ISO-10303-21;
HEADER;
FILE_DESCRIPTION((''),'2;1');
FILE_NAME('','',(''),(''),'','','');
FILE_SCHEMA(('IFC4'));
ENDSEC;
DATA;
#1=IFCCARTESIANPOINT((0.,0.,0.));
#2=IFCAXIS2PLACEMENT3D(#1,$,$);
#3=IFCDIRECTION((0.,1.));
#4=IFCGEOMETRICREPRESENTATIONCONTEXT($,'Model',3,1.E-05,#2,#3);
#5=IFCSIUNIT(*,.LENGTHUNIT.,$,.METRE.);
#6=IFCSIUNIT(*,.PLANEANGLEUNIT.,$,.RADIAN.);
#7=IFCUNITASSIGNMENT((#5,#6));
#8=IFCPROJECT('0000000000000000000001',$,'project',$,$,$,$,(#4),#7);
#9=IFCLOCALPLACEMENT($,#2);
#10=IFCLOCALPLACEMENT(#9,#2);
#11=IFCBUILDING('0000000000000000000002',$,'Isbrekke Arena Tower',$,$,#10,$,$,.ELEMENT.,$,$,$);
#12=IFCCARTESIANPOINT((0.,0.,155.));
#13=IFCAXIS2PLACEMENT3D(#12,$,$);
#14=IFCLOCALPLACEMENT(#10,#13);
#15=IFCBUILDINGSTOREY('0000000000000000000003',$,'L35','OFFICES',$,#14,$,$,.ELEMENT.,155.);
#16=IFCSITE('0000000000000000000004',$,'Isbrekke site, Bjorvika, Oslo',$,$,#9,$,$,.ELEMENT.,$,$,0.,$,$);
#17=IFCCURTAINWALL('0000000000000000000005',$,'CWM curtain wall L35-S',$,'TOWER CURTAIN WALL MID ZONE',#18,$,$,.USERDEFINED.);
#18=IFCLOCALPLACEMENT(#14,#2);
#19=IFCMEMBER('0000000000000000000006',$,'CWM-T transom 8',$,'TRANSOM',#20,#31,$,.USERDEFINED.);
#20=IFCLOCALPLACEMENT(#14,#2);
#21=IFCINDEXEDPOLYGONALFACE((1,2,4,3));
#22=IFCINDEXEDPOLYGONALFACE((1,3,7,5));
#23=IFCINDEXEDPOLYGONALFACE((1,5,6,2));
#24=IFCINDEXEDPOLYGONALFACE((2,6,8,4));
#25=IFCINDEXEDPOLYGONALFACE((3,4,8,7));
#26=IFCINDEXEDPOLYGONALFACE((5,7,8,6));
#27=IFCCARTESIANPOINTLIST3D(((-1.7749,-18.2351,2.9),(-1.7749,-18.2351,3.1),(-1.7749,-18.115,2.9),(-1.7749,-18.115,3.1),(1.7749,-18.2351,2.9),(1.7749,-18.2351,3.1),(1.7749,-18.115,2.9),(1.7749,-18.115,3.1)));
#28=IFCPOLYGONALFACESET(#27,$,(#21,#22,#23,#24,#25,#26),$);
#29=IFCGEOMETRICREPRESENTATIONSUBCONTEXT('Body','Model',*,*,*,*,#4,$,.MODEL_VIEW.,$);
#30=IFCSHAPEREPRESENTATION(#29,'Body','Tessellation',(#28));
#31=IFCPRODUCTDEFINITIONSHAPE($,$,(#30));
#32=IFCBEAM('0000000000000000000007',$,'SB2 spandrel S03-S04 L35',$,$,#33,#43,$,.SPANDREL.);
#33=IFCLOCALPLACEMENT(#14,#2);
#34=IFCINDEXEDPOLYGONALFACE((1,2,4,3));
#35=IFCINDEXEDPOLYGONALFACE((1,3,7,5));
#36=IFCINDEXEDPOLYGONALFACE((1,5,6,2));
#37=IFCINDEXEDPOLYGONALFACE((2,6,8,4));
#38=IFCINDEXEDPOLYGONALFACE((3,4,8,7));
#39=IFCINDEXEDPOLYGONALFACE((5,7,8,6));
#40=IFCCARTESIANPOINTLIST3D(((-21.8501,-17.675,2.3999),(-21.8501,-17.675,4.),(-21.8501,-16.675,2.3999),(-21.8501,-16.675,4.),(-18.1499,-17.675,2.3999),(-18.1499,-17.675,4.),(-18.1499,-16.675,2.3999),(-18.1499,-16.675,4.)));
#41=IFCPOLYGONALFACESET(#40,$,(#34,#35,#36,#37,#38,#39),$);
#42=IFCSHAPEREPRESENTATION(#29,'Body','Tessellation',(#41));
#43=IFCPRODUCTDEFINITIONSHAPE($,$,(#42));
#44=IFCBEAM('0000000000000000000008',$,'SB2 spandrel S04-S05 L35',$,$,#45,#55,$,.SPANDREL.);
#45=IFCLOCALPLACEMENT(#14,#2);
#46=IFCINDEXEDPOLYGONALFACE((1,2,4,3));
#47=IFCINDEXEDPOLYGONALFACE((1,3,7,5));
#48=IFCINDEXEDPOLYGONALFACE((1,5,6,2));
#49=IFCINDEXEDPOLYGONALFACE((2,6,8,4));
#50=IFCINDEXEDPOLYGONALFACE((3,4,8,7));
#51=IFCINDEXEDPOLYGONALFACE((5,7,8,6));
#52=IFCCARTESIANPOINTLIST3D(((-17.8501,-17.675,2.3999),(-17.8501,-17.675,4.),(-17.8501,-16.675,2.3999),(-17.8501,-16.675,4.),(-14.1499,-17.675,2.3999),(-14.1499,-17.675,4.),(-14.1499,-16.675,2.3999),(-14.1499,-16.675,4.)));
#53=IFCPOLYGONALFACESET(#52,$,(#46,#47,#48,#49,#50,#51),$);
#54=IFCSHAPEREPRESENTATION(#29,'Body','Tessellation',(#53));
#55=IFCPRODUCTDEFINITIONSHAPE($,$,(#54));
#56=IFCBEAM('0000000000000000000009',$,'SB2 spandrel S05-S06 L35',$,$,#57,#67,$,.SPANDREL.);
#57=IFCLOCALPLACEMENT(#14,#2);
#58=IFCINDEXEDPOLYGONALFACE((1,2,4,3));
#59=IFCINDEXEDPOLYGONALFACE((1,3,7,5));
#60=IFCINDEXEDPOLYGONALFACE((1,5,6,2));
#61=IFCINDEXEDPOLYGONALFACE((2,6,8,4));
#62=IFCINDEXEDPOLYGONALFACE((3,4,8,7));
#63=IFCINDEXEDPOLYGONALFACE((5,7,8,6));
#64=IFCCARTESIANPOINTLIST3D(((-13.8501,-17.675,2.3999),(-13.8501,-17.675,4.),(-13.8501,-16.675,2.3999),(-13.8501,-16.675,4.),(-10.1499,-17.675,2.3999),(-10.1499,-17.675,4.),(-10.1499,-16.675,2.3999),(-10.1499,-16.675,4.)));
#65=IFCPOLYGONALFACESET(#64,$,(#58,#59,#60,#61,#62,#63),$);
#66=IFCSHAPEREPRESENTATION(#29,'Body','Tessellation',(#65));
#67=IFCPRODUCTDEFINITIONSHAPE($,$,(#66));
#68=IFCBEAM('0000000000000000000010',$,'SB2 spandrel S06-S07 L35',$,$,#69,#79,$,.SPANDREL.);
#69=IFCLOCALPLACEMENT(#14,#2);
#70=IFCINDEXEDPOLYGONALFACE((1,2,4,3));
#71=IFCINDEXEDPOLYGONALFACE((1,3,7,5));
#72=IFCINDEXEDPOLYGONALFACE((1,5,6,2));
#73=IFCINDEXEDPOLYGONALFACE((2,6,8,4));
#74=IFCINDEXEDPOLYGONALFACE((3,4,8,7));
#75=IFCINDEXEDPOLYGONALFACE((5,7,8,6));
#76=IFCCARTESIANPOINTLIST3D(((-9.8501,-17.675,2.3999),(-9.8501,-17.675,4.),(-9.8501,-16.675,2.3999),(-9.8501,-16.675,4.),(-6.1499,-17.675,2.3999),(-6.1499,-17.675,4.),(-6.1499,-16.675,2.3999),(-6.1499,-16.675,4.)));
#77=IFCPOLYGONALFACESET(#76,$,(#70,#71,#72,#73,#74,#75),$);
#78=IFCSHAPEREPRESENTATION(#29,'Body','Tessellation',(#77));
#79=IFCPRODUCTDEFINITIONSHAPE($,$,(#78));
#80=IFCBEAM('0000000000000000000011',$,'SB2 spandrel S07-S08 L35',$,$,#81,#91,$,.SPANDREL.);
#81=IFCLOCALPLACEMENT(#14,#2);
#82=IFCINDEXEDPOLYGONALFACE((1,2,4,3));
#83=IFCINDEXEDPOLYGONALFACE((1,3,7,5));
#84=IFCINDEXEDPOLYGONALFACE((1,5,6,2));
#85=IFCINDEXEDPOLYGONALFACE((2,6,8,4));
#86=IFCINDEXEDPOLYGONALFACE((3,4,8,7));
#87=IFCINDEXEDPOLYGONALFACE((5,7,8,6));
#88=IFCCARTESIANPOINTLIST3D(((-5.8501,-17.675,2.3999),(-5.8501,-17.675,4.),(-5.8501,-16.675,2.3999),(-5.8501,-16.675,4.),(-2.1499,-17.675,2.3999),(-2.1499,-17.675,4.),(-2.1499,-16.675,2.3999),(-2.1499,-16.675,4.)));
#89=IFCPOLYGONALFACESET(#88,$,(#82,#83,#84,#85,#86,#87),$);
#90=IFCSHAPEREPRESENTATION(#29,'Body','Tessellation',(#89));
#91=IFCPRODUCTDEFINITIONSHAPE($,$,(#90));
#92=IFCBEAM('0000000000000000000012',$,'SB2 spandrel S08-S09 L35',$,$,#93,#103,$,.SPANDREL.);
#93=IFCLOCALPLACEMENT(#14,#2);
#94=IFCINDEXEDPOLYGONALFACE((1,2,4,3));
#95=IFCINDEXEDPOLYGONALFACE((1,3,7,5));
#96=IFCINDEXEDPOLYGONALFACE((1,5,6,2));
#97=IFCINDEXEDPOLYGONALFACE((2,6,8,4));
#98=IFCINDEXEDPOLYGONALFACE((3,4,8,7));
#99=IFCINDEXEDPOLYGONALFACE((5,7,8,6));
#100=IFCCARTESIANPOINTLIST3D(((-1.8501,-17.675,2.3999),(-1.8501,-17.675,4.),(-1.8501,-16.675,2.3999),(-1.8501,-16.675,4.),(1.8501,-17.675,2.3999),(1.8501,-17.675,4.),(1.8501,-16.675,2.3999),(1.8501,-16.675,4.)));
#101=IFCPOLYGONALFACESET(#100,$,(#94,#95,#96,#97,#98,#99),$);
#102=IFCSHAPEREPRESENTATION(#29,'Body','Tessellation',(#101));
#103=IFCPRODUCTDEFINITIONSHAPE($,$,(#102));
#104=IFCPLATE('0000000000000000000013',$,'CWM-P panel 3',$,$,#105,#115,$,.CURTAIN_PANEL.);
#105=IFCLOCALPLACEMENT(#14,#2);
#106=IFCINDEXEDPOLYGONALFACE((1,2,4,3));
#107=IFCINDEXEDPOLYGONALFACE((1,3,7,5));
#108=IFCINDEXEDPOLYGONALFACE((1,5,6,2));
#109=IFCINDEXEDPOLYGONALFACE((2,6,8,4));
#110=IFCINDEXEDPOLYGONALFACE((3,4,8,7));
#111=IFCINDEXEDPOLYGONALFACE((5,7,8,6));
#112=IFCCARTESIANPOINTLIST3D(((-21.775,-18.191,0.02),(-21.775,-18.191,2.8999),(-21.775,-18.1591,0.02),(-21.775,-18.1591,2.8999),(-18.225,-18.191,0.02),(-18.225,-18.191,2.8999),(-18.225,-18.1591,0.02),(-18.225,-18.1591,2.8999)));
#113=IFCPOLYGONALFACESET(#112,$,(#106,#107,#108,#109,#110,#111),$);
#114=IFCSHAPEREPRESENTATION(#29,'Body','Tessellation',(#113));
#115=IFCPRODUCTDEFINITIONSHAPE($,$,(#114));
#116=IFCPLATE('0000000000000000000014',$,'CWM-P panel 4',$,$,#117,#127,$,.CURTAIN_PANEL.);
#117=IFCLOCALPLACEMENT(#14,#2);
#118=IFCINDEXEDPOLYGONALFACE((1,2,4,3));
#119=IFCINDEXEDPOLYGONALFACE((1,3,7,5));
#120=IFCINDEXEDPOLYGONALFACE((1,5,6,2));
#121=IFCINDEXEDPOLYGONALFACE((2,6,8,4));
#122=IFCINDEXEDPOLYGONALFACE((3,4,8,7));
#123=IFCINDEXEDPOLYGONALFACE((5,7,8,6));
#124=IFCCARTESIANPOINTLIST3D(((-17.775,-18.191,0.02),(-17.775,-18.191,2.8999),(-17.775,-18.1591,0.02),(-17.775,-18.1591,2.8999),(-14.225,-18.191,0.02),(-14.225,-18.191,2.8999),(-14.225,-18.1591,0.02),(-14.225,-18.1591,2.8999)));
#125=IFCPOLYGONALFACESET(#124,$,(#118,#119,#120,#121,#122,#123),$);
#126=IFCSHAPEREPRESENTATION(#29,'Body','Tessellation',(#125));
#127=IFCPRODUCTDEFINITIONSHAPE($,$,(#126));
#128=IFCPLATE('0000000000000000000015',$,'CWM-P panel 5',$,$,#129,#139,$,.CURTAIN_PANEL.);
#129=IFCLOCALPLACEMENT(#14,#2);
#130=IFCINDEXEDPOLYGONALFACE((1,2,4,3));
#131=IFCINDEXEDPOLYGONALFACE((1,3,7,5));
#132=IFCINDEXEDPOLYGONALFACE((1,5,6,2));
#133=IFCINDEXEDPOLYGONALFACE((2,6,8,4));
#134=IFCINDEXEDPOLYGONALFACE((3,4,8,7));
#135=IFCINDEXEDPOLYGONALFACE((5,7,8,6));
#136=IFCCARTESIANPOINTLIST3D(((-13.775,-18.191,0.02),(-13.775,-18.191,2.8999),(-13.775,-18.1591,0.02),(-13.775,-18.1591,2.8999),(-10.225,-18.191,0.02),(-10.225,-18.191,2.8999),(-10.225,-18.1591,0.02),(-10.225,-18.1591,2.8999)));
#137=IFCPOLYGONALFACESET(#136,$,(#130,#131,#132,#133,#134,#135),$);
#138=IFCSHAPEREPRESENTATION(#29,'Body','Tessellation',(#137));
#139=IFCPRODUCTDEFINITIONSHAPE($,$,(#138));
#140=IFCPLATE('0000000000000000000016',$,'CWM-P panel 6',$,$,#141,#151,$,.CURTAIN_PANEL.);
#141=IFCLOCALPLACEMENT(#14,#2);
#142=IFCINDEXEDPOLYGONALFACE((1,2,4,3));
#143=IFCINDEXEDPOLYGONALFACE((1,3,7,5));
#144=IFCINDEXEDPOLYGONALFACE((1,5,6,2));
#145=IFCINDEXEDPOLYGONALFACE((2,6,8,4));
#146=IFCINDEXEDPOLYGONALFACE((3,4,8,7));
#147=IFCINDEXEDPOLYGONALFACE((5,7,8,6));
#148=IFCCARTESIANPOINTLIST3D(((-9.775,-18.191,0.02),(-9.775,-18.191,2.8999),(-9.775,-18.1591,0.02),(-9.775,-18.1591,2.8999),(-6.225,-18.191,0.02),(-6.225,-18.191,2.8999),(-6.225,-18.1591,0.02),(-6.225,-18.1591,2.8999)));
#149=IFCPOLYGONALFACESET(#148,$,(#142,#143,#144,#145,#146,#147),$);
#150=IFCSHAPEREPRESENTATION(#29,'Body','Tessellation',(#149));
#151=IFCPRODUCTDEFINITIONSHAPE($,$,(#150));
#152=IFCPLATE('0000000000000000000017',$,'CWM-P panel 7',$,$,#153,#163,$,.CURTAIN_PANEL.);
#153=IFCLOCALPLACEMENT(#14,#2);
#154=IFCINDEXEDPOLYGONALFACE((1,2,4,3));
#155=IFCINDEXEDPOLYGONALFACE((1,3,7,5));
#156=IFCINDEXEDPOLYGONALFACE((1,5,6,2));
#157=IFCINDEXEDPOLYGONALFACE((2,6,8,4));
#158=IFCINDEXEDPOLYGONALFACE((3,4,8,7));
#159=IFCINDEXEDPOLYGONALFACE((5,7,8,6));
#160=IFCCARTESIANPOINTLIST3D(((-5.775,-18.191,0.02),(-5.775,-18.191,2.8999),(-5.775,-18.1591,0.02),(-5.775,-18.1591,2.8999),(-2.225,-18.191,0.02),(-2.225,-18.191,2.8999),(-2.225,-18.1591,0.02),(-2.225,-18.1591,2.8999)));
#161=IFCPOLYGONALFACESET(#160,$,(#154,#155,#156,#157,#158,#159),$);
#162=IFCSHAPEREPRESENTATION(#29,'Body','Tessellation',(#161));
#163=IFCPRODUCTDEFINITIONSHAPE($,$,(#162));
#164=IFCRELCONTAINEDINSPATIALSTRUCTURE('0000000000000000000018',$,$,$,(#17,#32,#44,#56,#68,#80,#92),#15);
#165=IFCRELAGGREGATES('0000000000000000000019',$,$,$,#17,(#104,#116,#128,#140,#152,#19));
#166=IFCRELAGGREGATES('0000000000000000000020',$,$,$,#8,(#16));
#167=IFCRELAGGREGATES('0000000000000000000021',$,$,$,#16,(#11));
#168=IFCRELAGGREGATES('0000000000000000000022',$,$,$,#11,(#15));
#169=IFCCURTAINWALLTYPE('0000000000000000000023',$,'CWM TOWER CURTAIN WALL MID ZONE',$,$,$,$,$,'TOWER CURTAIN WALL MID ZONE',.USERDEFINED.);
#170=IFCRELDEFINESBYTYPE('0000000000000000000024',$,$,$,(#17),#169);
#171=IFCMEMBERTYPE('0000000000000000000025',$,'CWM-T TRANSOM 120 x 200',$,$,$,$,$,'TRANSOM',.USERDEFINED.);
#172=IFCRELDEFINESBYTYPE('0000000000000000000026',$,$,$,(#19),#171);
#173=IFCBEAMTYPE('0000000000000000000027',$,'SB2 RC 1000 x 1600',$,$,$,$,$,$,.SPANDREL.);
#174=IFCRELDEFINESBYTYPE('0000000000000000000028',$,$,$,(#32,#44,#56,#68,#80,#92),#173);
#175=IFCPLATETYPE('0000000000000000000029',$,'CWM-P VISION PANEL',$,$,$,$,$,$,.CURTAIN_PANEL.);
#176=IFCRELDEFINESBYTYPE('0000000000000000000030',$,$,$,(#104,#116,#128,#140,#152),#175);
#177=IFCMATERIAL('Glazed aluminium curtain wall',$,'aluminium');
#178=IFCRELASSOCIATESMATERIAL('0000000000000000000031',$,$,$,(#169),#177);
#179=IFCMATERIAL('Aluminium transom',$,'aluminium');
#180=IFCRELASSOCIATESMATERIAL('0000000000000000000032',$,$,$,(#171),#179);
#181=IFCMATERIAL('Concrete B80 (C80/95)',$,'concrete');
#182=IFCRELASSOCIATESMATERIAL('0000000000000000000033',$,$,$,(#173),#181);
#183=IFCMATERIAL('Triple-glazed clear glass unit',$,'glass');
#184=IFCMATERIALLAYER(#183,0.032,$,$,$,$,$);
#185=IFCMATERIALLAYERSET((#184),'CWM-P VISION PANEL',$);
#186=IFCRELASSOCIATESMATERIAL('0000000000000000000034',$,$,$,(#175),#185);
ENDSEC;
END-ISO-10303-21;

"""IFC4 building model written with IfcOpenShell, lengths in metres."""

from ifc_helpers import new_model, si_unit, direction, frame, origin, origin_2d, place, context, subcontext, project, spatial, rectangle, extrude, material, layer, layer_set, material_profile, profile_set, type_object, element, aggregate, save


model = new_model("IFC4")

# Units and contexts
model_context = context("Model", 3, precision=1e-05, world=origin(), true_north=direction((0.0, 1.0)))
body_context = subcontext(model_context, "Body", "Model", "MODEL_VIEW")
ifc_project = project(units=[si_unit("LENGTHUNIT", "METRE"), si_unit("PLANEANGLEUNIT", "RADIAN")], contexts=[model_context])

# Site, building, storey
site_placement = place(None, origin())
site = spatial("IfcSite", under=ifc_project, at=site_placement, Name="Isbrekke site, Bjorvika, Oslo", CompositionType="ELEMENT", RefElevation=0.0)
building_placement = place(site_placement, origin())
building = spatial("IfcBuilding", under=site, at=building_placement, Name="Isbrekke Arena Tower", CompositionType="ELEMENT")
storey_placement = place(building_placement, frame((0.0, 0.0, 155.0)))
storey = spatial("IfcBuildingStorey", under=building, at=storey_placement, Name="L35", Description="OFFICES", CompositionType="ELEMENT", Elevation=155.0)

# Curtain wall, member
ifc_material_1 = material(Name="Glazed aluminium curtain wall", Category="aluminium")
curtain_wall_type = type_object("IfcCurtainWallType", Name="CWM TOWER CURTAIN WALL MID ZONE", ElementType="TOWER CURTAIN WALL MID ZONE", PredefinedType="USERDEFINED", material=ifc_material_1)
curtain_wall_placement = place(storey_placement, origin())
curtain_wall = element("IfcCurtainWall", 1, at=curtain_wall_placement, inside=storey, type_object=curtain_wall_type, Name="CWM curtain wall L35-S", ObjectType="TOWER CURTAIN WALL MID ZONE", PredefinedType="USERDEFINED")
ifc_material_2 = material(Name="Aluminium transom", Category="aluminium")
ifc_material_profile_1 = material_profile(ifc_material_2, rectangle(XDim=0.1201, YDim=0.2, at=origin_2d()), Name="TRANSOM 120X200")
ifc_profile_set_1 = profile_set([ifc_material_profile_1], Name="Aluminium transom")
member_type_1 = type_object("IfcMemberType", Name="CWM-T TRANSOM 120 x 200", ElementType="TRANSOM", PredefinedType="USERDEFINED", material=ifc_profile_set_1)
member_1_placement = place(storey_placement, frame((-1.7749, -18.175, 3.0), z_axis=(1.0, 0.0, 0.0), x_axis=(0.0, 1.0, 0.0)))
member_1 = element("IfcMember", 2, at=member_1_placement, type_object=member_type_1, Name="CWM-T transom 8", ObjectType="TRANSOM", PredefinedType="USERDEFINED", context=body_context, shape_type="SweptSolid", body=[
    extrude(rectangle(XDim=0.1201, YDim=0.2, at=origin_2d()), origin(), (0.0, 0.0, 1.0), 3.5498),
])

# Beams
ifc_material_3 = material(Name="Concrete B80 (C80/95)", Category="concrete")
ifc_material_profile_2 = material_profile(ifc_material_3, rectangle(XDim=1.0, YDim=1.6001, at=origin_2d()), Name="RC 1000x1600")
ifc_profile_set_2 = profile_set([ifc_material_profile_2], Name="Concrete B80 (C80/95)")
beam_type = type_object("IfcBeamType", Name="SB2 RC 1000 x 1600", PredefinedType="SPANDREL", material=ifc_profile_set_2)
for number, where, z_axis, x_axis, name in (
    (3, (-21.8501, -17.175, 3.2), (1.0, 0.0, 0.0), (0.0, 1.0, 0.0), "SB2 spandrel S03-S04 L35"),
    (4, (-17.8501, -17.175, 3.2), (1.0, 0.0, 0.0), (0.0, 1.0, 0.0), "SB2 spandrel S04-S05 L35"),
    (5, (-13.8501, -17.175, 3.2), (1.0, 0.0, 0.0), (0.0, 1.0, 0.0), "SB2 spandrel S05-S06 L35"),
    (6, (-9.8501, -17.175, 3.2), (1.0, 0.0, 0.0), (0.0, 1.0, 0.0), "SB2 spandrel S06-S07 L35"),
    (7, (-5.8501, -17.175, 3.2), (1.0, 0.0, 0.0), (0.0, 1.0, 0.0), "SB2 spandrel S07-S08 L35"),
    (8, (-1.8501, -17.175, 3.2), (1.0, 0.0, 0.0), (0.0, 1.0, 0.0), "SB2 spandrel S08-S09 L35"),
):
    element("IfcBeam", number, at=place(storey_placement, frame(where, z_axis=z_axis, x_axis=x_axis)), inside=storey, type_object=beam_type, Name=name, PredefinedType="SPANDREL", context=body_context, shape_type="SweptSolid", body=[
        extrude(rectangle(XDim=1.0, YDim=1.6001, at=origin_2d()), origin(), (0.0, 0.0, 1.0), 3.7002),
    ])

# Plates
ifc_material_4 = material(Name="Triple-glazed clear glass unit", Category="glass")
ifc_layer = layer(ifc_material_4, 0.032)
ifc_layer_set = layer_set([ifc_layer], Name="CWM-P VISION PANEL")
plate_type = type_object("IfcPlateType", Name="CWM-P VISION PANEL", PredefinedType="CURTAIN_PANEL", material=ifc_layer_set)
plate_1_placement = place(storey_placement, frame((-20.0, -18.175, 0.02), z_axis=(0.0, 0.0, 1.0), x_axis=(1.0, 0.0, 0.0)))
plate_1 = element("IfcPlate", 9, at=plate_1_placement, type_object=plate_type, Name="CWM-P panel 3", PredefinedType="CURTAIN_PANEL", context=body_context, shape_type="SweptSolid", body=[
    extrude(rectangle(XDim=3.55, YDim=0.032, at=origin_2d()), origin(), (0.0, 0.0, 1.0), 2.8799),
])
plate_2_placement = place(storey_placement, frame((-16.0, -18.175, 0.02), z_axis=(0.0, 0.0, 1.0), x_axis=(1.0, 0.0, 0.0)))
plate_2 = element("IfcPlate", 10, at=plate_2_placement, type_object=plate_type, Name="CWM-P panel 4", PredefinedType="CURTAIN_PANEL", context=body_context, shape_type="SweptSolid", body=[
    extrude(rectangle(XDim=3.55, YDim=0.032, at=origin_2d()), origin(), (0.0, 0.0, 1.0), 2.8799),
])
plate_3_placement = place(storey_placement, frame((-12.0, -18.175, 0.02), z_axis=(0.0, 0.0, 1.0), x_axis=(1.0, 0.0, 0.0)))
plate_3 = element("IfcPlate", 11, at=plate_3_placement, type_object=plate_type, Name="CWM-P panel 5", PredefinedType="CURTAIN_PANEL", context=body_context, shape_type="SweptSolid", body=[
    extrude(rectangle(XDim=3.55, YDim=0.032, at=origin_2d()), origin(), (0.0, 0.0, 1.0), 2.8799),
])
plate_4_placement = place(storey_placement, frame((-8.0, -18.175, 0.02), z_axis=(0.0, 0.0, 1.0), x_axis=(1.0, 0.0, 0.0)))
plate_4 = element("IfcPlate", 12, at=plate_4_placement, type_object=plate_type, Name="CWM-P panel 6", PredefinedType="CURTAIN_PANEL", context=body_context, shape_type="SweptSolid", body=[
    extrude(rectangle(XDim=3.55, YDim=0.032, at=origin_2d()), origin(), (0.0, 0.0, 1.0), 2.8799),
])
plate_5_placement = place(storey_placement, frame((-4.0, -18.175, 0.02), z_axis=(0.0, 0.0, 1.0), x_axis=(1.0, 0.0, 0.0)))
plate_5 = element("IfcPlate", 13, at=plate_5_placement, type_object=plate_type, Name="CWM-P panel 7", PredefinedType="CURTAIN_PANEL", context=body_context, shape_type="SweptSolid", body=[
    extrude(rectangle(XDim=3.55, YDim=0.032, at=origin_2d()), origin(), (0.0, 0.0, 1.0), 2.8799),
])
aggregate(curtain_wall, [plate_1, plate_2, plate_3, plate_4, plate_5, member_1])

save(model, "model.ifc")
